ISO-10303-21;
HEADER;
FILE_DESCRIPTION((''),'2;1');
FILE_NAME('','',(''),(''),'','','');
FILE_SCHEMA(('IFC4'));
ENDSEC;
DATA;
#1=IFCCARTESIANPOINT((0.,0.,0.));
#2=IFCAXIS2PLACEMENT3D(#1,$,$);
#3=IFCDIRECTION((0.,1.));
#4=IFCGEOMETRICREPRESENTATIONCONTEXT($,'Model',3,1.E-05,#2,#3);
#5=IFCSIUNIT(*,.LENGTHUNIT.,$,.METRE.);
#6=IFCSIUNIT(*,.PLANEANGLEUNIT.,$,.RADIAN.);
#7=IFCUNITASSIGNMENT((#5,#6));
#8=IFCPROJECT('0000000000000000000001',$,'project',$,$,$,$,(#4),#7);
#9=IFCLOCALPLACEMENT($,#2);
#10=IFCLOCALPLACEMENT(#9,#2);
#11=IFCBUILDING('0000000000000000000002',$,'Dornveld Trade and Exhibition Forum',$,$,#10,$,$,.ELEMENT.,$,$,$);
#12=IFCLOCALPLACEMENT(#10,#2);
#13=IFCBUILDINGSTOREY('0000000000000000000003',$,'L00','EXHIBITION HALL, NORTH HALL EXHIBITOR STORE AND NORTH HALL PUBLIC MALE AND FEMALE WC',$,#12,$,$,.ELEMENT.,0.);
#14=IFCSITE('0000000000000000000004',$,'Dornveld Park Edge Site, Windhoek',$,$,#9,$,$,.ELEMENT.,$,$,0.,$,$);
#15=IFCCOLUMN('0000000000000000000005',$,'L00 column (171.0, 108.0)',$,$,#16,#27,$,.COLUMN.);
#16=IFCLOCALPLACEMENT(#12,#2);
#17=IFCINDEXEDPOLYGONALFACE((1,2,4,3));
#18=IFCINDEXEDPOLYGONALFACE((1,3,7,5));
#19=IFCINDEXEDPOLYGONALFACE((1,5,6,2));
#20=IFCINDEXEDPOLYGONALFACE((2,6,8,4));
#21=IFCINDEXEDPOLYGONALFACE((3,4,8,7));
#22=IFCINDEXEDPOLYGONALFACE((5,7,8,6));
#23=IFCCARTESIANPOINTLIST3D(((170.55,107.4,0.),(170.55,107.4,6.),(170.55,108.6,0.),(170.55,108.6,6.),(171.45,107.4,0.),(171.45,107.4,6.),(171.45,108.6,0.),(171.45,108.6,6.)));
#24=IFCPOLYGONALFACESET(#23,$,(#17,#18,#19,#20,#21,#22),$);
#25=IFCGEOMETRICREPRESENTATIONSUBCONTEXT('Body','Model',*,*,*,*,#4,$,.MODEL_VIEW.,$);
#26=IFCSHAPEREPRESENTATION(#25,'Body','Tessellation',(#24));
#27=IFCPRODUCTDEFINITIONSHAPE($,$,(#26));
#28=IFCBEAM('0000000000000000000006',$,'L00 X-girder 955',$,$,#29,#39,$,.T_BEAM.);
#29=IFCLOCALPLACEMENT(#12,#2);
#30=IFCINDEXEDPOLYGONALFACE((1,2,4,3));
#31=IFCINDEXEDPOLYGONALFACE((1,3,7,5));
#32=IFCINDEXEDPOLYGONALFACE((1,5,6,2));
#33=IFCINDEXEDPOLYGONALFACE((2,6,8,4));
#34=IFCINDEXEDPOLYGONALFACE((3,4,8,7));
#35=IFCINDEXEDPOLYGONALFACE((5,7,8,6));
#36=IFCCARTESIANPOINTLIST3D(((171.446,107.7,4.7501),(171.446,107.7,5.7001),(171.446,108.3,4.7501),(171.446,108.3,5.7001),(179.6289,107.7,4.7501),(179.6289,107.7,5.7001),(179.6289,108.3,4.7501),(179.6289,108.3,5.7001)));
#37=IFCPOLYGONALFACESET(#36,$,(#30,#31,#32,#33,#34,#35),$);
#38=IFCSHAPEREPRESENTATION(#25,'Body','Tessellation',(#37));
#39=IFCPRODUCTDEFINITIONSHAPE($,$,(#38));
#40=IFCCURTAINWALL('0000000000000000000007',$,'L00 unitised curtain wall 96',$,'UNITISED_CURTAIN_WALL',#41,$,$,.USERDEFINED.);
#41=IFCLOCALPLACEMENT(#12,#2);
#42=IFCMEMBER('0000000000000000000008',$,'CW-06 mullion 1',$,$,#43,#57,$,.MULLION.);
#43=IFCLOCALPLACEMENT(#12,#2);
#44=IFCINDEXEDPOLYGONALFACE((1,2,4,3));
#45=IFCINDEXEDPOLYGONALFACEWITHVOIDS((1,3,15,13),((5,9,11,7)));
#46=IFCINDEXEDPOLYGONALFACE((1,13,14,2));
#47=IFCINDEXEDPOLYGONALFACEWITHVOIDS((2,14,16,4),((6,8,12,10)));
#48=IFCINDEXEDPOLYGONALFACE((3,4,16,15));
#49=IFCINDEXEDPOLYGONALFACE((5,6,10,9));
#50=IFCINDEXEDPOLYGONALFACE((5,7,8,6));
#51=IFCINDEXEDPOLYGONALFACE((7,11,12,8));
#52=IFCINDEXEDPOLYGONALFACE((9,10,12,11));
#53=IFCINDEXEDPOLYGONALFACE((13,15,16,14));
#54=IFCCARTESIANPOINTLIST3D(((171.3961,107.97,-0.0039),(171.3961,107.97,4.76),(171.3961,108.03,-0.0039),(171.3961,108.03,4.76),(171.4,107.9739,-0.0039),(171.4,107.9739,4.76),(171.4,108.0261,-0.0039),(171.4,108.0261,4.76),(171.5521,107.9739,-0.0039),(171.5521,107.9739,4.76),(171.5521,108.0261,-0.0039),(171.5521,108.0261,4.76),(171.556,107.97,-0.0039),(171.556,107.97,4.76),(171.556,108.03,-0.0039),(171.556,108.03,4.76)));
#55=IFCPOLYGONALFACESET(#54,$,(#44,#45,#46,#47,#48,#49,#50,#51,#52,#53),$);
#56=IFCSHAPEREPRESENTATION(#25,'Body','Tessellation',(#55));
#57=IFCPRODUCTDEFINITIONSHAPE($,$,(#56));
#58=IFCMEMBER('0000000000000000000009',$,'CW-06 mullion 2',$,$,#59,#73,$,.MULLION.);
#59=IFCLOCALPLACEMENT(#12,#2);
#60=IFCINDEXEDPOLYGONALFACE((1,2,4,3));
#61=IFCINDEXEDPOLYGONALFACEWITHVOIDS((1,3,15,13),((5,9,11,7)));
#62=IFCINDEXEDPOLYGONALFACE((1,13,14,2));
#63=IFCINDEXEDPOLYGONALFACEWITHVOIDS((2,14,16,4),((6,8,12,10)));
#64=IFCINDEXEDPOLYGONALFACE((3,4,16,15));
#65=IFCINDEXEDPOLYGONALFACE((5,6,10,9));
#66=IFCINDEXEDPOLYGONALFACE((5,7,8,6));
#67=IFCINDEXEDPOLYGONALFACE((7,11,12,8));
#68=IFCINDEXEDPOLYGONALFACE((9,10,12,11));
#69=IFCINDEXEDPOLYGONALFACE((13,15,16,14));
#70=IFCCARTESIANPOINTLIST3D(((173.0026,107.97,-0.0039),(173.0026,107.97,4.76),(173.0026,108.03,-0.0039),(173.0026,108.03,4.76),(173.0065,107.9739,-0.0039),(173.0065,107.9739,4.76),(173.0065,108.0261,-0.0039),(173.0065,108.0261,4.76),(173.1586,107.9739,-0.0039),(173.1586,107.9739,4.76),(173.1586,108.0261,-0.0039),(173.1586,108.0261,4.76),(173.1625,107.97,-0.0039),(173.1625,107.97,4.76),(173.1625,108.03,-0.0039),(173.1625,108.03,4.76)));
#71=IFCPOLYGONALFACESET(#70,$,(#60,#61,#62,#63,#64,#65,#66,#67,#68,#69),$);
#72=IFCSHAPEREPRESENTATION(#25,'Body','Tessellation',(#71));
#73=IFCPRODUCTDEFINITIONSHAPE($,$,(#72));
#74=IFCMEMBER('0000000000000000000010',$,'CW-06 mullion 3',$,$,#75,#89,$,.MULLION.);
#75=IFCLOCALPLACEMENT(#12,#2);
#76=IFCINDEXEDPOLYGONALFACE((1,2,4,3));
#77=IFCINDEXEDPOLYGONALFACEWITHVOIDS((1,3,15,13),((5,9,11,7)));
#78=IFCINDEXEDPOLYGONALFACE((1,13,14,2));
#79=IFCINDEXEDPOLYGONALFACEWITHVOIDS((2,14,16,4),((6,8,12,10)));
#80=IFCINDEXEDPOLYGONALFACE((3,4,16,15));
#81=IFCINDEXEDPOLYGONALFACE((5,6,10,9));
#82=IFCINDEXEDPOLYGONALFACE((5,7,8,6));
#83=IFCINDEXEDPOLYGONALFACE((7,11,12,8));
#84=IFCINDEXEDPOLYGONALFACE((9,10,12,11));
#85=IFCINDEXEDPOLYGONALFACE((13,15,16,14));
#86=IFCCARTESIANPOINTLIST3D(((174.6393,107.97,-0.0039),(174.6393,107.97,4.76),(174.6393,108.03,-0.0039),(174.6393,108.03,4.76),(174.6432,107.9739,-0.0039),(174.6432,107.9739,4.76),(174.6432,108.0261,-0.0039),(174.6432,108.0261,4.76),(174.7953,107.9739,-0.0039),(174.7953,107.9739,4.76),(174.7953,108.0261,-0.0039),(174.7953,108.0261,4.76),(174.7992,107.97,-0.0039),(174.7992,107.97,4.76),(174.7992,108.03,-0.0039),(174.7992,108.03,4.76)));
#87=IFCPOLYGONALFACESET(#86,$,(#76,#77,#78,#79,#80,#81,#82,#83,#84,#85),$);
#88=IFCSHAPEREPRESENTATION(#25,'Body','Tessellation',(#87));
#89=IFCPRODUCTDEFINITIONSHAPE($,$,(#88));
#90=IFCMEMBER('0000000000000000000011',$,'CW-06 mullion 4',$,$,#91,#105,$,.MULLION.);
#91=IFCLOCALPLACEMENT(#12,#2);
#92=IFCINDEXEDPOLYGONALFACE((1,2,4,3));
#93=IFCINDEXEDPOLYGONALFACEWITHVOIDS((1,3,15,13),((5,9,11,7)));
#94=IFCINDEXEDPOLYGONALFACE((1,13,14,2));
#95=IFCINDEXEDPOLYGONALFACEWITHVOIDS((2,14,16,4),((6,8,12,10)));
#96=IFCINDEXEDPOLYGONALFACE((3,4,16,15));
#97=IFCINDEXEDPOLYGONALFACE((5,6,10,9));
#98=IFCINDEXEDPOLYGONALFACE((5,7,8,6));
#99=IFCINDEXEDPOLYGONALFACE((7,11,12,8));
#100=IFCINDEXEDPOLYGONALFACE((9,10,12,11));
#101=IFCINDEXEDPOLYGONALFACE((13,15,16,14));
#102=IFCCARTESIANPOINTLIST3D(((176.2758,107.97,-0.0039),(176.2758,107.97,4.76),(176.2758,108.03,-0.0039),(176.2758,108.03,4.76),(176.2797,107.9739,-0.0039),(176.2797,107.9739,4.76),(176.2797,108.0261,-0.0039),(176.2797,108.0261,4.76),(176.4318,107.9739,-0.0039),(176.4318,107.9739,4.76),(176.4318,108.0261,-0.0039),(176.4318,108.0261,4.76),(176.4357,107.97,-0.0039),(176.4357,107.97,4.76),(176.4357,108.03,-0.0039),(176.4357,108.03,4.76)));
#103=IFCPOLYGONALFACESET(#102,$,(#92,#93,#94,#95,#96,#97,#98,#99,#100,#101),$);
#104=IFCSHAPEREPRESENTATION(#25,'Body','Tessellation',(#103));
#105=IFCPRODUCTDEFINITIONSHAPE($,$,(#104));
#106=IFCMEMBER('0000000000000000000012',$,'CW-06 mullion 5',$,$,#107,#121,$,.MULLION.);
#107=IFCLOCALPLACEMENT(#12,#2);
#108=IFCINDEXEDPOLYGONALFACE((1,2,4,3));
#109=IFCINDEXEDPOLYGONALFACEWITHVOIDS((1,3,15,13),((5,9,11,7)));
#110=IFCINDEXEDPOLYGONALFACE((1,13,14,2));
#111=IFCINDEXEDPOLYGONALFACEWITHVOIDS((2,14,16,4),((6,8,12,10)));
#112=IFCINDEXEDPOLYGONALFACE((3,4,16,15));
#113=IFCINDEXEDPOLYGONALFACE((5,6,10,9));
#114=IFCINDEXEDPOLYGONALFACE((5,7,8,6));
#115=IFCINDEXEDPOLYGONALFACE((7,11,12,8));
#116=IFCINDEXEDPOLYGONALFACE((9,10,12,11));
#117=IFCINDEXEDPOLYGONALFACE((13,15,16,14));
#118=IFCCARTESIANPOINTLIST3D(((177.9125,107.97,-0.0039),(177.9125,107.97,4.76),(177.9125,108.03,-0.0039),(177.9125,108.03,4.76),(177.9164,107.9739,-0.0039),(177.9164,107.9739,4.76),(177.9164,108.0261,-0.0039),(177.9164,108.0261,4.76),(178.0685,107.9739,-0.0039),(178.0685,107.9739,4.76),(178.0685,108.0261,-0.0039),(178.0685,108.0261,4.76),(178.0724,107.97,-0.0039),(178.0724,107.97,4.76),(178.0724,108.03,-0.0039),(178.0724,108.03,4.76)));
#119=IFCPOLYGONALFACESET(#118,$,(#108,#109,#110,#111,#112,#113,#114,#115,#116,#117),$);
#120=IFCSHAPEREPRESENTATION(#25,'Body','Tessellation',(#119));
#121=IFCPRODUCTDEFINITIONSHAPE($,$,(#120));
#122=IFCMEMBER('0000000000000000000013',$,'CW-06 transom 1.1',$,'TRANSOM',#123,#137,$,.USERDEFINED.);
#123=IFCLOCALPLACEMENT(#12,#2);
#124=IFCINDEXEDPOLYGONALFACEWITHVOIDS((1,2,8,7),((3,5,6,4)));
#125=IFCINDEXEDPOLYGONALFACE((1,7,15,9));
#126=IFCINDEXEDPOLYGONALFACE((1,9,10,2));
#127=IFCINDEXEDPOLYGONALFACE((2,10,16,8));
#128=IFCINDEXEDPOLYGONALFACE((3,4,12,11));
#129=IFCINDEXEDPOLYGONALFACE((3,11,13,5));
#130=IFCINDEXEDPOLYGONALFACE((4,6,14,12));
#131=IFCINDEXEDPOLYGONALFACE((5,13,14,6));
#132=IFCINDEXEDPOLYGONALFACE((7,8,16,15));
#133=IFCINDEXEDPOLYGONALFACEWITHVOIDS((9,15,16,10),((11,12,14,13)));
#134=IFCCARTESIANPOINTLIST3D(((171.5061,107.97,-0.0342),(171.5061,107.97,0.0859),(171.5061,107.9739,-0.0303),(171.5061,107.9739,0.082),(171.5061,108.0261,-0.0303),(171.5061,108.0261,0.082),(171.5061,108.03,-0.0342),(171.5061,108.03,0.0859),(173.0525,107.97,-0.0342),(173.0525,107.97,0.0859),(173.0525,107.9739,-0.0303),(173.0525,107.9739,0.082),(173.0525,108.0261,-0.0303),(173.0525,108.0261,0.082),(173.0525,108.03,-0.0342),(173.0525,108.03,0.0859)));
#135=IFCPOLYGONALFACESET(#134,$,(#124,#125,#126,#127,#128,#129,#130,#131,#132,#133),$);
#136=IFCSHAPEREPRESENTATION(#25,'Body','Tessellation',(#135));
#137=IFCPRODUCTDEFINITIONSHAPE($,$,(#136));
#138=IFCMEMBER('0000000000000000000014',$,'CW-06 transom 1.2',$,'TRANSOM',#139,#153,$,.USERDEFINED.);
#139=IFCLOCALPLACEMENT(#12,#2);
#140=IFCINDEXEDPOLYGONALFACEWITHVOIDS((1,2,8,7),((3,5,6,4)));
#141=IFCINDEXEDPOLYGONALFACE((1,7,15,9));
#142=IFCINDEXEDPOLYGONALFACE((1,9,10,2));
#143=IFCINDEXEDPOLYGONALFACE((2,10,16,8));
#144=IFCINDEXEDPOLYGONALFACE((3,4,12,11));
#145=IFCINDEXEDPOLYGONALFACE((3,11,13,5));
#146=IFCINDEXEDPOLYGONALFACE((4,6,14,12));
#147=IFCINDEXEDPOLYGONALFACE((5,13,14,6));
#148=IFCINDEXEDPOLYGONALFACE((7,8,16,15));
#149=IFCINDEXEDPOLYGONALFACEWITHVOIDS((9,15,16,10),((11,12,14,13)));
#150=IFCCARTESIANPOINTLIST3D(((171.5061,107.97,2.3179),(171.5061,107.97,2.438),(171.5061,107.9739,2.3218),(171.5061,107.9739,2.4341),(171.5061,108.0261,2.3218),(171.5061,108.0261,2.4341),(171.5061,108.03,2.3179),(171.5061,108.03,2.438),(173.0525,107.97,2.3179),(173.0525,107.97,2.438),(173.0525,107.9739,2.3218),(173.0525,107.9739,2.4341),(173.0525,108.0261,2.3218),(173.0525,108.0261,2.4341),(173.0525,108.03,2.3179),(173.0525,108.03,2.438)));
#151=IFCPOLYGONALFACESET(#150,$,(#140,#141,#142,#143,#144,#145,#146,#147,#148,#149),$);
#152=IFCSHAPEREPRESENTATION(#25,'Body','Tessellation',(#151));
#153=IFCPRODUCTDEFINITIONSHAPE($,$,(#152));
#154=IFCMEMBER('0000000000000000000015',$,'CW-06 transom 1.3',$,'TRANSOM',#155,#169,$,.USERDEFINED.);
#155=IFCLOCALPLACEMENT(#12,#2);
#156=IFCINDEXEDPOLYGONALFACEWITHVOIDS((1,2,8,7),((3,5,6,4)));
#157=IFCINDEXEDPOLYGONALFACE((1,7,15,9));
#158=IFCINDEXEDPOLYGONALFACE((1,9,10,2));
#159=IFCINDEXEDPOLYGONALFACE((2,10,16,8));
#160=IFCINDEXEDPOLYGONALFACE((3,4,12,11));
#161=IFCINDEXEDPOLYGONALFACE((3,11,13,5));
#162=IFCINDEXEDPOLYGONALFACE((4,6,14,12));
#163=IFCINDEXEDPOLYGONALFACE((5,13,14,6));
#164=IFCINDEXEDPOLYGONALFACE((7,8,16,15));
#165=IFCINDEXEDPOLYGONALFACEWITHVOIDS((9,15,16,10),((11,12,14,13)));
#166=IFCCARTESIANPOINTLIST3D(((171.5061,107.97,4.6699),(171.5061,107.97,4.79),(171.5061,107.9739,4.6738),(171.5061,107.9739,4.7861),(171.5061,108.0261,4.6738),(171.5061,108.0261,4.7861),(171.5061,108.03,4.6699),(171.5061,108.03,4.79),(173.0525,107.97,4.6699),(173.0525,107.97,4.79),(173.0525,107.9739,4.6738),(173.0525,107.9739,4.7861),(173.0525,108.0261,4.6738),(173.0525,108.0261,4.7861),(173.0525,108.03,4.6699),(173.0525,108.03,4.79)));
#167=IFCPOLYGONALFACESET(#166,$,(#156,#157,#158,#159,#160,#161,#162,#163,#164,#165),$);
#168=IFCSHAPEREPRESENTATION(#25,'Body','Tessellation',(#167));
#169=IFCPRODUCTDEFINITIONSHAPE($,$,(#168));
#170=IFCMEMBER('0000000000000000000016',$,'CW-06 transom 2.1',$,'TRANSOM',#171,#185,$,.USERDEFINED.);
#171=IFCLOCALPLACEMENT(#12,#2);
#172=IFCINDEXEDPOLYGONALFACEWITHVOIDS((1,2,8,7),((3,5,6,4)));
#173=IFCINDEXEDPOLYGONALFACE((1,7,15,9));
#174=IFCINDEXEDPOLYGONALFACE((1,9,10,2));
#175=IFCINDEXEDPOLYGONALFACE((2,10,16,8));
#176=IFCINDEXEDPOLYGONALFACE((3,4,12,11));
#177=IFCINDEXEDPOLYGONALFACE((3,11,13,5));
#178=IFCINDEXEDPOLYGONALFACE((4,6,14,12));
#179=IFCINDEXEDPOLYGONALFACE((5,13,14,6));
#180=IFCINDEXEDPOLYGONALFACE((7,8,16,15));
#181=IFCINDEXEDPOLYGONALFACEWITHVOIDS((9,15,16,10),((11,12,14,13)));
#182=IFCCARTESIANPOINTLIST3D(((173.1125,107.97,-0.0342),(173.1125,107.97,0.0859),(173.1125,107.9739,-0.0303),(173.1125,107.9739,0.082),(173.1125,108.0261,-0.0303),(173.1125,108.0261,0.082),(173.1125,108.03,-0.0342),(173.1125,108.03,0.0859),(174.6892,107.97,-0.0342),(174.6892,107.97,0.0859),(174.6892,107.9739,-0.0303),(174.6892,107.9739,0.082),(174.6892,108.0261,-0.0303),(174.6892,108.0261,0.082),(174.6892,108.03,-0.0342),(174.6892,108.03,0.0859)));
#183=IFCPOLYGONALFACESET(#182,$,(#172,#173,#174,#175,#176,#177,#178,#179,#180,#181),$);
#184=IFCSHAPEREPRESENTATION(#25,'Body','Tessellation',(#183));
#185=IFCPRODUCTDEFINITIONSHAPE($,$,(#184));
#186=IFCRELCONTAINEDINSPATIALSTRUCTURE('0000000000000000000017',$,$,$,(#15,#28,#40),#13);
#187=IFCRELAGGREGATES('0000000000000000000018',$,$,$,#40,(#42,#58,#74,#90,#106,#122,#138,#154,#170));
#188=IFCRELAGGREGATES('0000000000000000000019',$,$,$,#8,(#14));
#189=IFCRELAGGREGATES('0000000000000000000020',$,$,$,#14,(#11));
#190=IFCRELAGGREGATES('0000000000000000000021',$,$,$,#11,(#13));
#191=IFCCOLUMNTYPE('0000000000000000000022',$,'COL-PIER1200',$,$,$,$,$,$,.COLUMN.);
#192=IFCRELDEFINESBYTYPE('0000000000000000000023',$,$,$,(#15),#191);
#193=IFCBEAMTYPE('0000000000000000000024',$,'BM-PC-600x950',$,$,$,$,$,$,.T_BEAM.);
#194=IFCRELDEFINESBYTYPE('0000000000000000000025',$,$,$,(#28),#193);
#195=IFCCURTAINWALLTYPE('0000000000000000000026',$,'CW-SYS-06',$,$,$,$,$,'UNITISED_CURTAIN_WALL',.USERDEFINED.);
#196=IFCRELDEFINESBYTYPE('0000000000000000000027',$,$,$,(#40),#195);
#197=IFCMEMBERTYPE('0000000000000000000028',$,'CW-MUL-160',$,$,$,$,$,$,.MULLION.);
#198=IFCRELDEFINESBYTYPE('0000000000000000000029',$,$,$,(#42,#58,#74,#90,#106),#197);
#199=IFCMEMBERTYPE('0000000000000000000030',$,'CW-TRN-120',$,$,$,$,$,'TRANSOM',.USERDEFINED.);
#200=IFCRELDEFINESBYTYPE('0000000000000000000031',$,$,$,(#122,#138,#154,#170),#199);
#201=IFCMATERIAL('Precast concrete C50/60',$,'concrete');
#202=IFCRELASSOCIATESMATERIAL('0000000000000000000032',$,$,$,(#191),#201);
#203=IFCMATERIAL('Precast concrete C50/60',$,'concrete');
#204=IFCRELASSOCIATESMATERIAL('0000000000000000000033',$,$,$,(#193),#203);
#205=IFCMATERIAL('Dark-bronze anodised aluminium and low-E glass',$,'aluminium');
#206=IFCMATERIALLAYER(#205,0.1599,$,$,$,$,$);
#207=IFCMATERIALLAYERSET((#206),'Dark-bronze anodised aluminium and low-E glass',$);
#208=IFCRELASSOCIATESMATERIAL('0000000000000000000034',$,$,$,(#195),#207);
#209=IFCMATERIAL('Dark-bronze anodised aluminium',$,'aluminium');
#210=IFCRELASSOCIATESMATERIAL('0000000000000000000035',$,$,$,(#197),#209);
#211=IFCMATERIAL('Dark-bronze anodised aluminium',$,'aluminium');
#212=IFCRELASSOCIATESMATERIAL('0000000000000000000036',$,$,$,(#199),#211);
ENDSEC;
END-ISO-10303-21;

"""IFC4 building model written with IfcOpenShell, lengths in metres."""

from ifc_helpers import new_model, si_unit, direction, frame, origin, origin_2d, place, context, subcontext, project, spatial, rectangle, hollow_rectangle, extrude, material, layer, layer_set, material_profile, profile_set, type_object, element, aggregate, save


model = new_model("IFC4")

# Units and contexts
model_context = context("Model", 3, precision=1e-05, world=origin(), true_north=direction((0.0, 1.0)))
body_context = subcontext(model_context, "Body", "Model", "MODEL_VIEW")
ifc_project = project(units=[si_unit("LENGTHUNIT", "METRE"), si_unit("PLANEANGLEUNIT", "RADIAN")], contexts=[model_context])

# Site, building, storey
site_placement = place(None, origin())
site = spatial("IfcSite", under=ifc_project, at=site_placement, Name="Dornveld Park Edge Site, Windhoek", CompositionType="ELEMENT", RefElevation=0.0)
building_placement = place(site_placement, origin())
building = spatial("IfcBuilding", under=site, at=building_placement, Name="Dornveld Trade and Exhibition Forum", CompositionType="ELEMENT")
storey_placement = place(building_placement, origin())
storey = spatial("IfcBuildingStorey", under=building, at=storey_placement, Name="L00", Description="EXHIBITION HALL, NORTH HALL EXHIBITOR STORE AND NORTH HALL PUBLIC MALE AND FEMALE WC", CompositionType="ELEMENT", Elevation=0.0)

# Column
ifc_material_1 = material(Name="Precast concrete C50/60", Category="concrete")
ifc_material_profile_1 = material_profile(ifc_material_1, rectangle(XDim=1.2, YDim=0.8999, at=origin_2d()), Name="PC-PIER 1200x900")
ifc_profile_set_1 = profile_set([ifc_material_profile_1], Name="Precast concrete C50/60")
column_type = type_object("IfcColumnType", Name="COL-PIER1200", PredefinedType="COLUMN", material=ifc_profile_set_1)
column_placement = place(storey_placement, frame((171.0, 108.0, 0.0), z_axis=(0.0, 0.0, 1.0), x_axis=(0.0, 1.0, 0.0)))
element("IfcColumn", 1, at=column_placement, inside=storey, type_object=column_type, Name="L00 column (171.0, 108.0)", PredefinedType="COLUMN", context=body_context, shape_type="SweptSolid", body=[
    extrude(rectangle(XDim=1.2, YDim=0.8999, at=origin_2d()), origin(), (0.0, 0.0, 1.0), 6.0),
])

# Beam
ifc_material_2 = material(Name="Precast concrete C50/60", Category="concrete")
ifc_material_profile_2 = material_profile(ifc_material_2, rectangle(XDim=0.6001, YDim=0.95, at=origin_2d()), Name="PC-GIR 600x950")
ifc_profile_set_2 = profile_set([ifc_material_profile_2], Name="Precast concrete C50/60")
beam_type = type_object("IfcBeamType", Name="BM-PC-600x950", PredefinedType="T_BEAM", material=ifc_profile_set_2)
beam_placement = place(storey_placement, frame((171.446, 108.0, 5.2251), z_axis=(1.0, 0.0, 0.0), x_axis=(0.0, 1.0, 0.0)))
element("IfcBeam", 2, at=beam_placement, inside=storey, type_object=beam_type, Name="L00 X-girder 955", PredefinedType="T_BEAM", context=body_context, shape_type="SweptSolid", body=[
    extrude(rectangle(XDim=0.6001, YDim=0.95, at=origin_2d()), origin(), (0.0, 0.0, 1.0), 8.1829),
])

# Curtain wall, members
ifc_material_3 = material(Name="Dark-bronze anodised aluminium and low-E glass", Category="aluminium")
ifc_layer_1 = layer(ifc_material_3, 0.1599)
ifc_layer_set_1 = layer_set([ifc_layer_1], Name="Dark-bronze anodised aluminium and low-E glass")
curtain_wall_type = type_object("IfcCurtainWallType", Name="CW-SYS-06", ElementType="UNITISED_CURTAIN_WALL", PredefinedType="USERDEFINED", material=ifc_layer_set_1)
curtain_wall_placement = place(storey_placement, origin())
curtain_wall = element("IfcCurtainWall", 3, at=curtain_wall_placement, inside=storey, type_object=curtain_wall_type, Name="L00 unitised curtain wall 96", ObjectType="UNITISED_CURTAIN_WALL", PredefinedType="USERDEFINED")
ifc_material_4 = material(Name="Dark-bronze anodised aluminium", Category="aluminium")
ifc_material_profile_3 = material_profile(ifc_material_4, hollow_rectangle(XDim=0.0601, YDim=0.1599, WallThickness=0.0039, at=origin_2d()), Name="RHS 160x60x4")
ifc_profile_set_3 = profile_set([ifc_material_profile_3], Name="Dark-bronze anodised aluminium")
member_type_1 = type_object("IfcMemberType", Name="CW-MUL-160", PredefinedType="MULLION", material=ifc_profile_set_3)
member_1_placement = place(storey_placement, frame((171.4761, 108.0, -0.0039), z_axis=(0.0, 0.0, 1.0), x_axis=(0.0, 1.0, 0.0)))
member_1 = element("IfcMember", 4, at=member_1_placement, type_object=member_type_1, Name="CW-06 mullion 1", PredefinedType="MULLION", context=body_context, shape_type="SweptSolid", body=[
    extrude(hollow_rectangle(XDim=0.0601, YDim=0.1599, WallThickness=0.0039, at=origin_2d()), origin(), (0.0, 0.0, 1.0), 4.7639),
])
member_2_placement = place(storey_placement, frame((173.0825, 108.0, -0.0039), z_axis=(0.0, 0.0, 1.0), x_axis=(0.0, 1.0, 0.0)))
member_2 = element("IfcMember", 5, at=member_2_placement, type_object=member_type_1, Name="CW-06 mullion 2", PredefinedType="MULLION", context=body_context, shape_type="SweptSolid", body=[
    extrude(hollow_rectangle(XDim=0.0601, YDim=0.1599, WallThickness=0.0039, at=origin_2d()), origin(), (0.0, 0.0, 1.0), 4.7639),
])
member_3_placement = place(storey_placement, frame((174.7192, 108.0, -0.0039), z_axis=(0.0, 0.0, 1.0), x_axis=(0.0, 1.0, 0.0)))
member_3 = element("IfcMember", 6, at=member_3_placement, type_object=member_type_1, Name="CW-06 mullion 3", PredefinedType="MULLION", context=body_context, shape_type="SweptSolid", body=[
    extrude(hollow_rectangle(XDim=0.0601, YDim=0.1599, WallThickness=0.0039, at=origin_2d()), origin(), (0.0, 0.0, 1.0), 4.7639),
])
member_4_placement = place(storey_placement, frame((176.3557, 108.0, -0.0039), z_axis=(0.0, 0.0, 1.0), x_axis=(0.0, 1.0, 0.0)))
member_4 = element("IfcMember", 7, at=member_4_placement, type_object=member_type_1, Name="CW-06 mullion 4", PredefinedType="MULLION", context=body_context, shape_type="SweptSolid", body=[
    extrude(hollow_rectangle(XDim=0.0601, YDim=0.1599, WallThickness=0.0039, at=origin_2d()), origin(), (0.0, 0.0, 1.0), 4.7639),
])
member_5_placement = place(storey_placement, frame((177.9924, 108.0, -0.0039), z_axis=(0.0, 0.0, 1.0), x_axis=(0.0, 1.0, 0.0)))
member_5 = element("IfcMember", 8, at=member_5_placement, type_object=member_type_1, Name="CW-06 mullion 5", PredefinedType="MULLION", context=body_context, shape_type="SweptSolid", body=[
    extrude(hollow_rectangle(XDim=0.0601, YDim=0.1599, WallThickness=0.0039, at=origin_2d()), origin(), (0.0, 0.0, 1.0), 4.7639),
])
ifc_material_5 = material(Name="Dark-bronze anodised aluminium", Category="aluminium")
ifc_material_profile_4 = material_profile(ifc_material_5, hollow_rectangle(XDim=0.0601, YDim=0.1201, WallThickness=0.0039, at=origin_2d()), Name="RHS 120x60x4")
ifc_profile_set_4 = profile_set([ifc_material_profile_4], Name="Dark-bronze anodised aluminium")
member_type_2 = type_object("IfcMemberType", Name="CW-TRN-120", ElementType="TRANSOM", PredefinedType="USERDEFINED", material=ifc_profile_set_4)
member_6_placement = place(storey_placement, frame((171.5061, 108.0, 0.0259), z_axis=(1.0, 0.0, 0.0), x_axis=(0.0, 1.0, 0.0)))
member_6 = element("IfcMember", 9, at=member_6_placement, type_object=member_type_2, Name="CW-06 transom 1.1", ObjectType="TRANSOM", PredefinedType="USERDEFINED", context=body_context, shape_type="SweptSolid", body=[
    extrude(hollow_rectangle(XDim=0.0601, YDim=0.1201, WallThickness=0.0039, at=origin_2d()), origin(), (0.0, 0.0, 1.0), 1.5464),
])
member_7_placement = place(storey_placement, frame((171.5061, 108.0, 2.3779), z_axis=(1.0, 0.0, 0.0), x_axis=(0.0, 1.0, 0.0)))
member_7 = element("IfcMember", 10, at=member_7_placement, type_object=member_type_2, Name="CW-06 transom 1.2", ObjectType="TRANSOM", PredefinedType="USERDEFINED", context=body_context, shape_type="SweptSolid", body=[
    extrude(hollow_rectangle(XDim=0.0601, YDim=0.1201, WallThickness=0.0039, at=origin_2d()), origin(), (0.0, 0.0, 1.0), 1.5464),
])
member_8_placement = place(storey_placement, frame((171.5061, 108.0, 4.73), z_axis=(1.0, 0.0, 0.0), x_axis=(0.0, 1.0, 0.0)))
member_8 = element("IfcMember", 11, at=member_8_placement, type_object=member_type_2, Name="CW-06 transom 1.3", ObjectType="TRANSOM", PredefinedType="USERDEFINED", context=body_context, shape_type="SweptSolid", body=[
    extrude(hollow_rectangle(XDim=0.0601, YDim=0.1201, WallThickness=0.0039, at=origin_2d()), origin(), (0.0, 0.0, 1.0), 1.5464),
])
member_9_placement = place(storey_placement, frame((173.1125, 108.0, 0.0259), z_axis=(1.0, 0.0, 0.0), x_axis=(0.0, 1.0, 0.0)))
member_9 = element("IfcMember", 12, at=member_9_placement, type_object=member_type_2, Name="CW-06 transom 2.1", ObjectType="TRANSOM", PredefinedType="USERDEFINED", context=body_context, shape_type="SweptSolid", body=[
    extrude(hollow_rectangle(XDim=0.0601, YDim=0.1201, WallThickness=0.0039, at=origin_2d()), origin(), (0.0, 0.0, 1.0), 1.5767),
])

aggregate(curtain_wall, [member_1, member_2, member_3, member_4, member_5, member_6, member_7, member_8, member_9])

save(model, "model.ifc")
